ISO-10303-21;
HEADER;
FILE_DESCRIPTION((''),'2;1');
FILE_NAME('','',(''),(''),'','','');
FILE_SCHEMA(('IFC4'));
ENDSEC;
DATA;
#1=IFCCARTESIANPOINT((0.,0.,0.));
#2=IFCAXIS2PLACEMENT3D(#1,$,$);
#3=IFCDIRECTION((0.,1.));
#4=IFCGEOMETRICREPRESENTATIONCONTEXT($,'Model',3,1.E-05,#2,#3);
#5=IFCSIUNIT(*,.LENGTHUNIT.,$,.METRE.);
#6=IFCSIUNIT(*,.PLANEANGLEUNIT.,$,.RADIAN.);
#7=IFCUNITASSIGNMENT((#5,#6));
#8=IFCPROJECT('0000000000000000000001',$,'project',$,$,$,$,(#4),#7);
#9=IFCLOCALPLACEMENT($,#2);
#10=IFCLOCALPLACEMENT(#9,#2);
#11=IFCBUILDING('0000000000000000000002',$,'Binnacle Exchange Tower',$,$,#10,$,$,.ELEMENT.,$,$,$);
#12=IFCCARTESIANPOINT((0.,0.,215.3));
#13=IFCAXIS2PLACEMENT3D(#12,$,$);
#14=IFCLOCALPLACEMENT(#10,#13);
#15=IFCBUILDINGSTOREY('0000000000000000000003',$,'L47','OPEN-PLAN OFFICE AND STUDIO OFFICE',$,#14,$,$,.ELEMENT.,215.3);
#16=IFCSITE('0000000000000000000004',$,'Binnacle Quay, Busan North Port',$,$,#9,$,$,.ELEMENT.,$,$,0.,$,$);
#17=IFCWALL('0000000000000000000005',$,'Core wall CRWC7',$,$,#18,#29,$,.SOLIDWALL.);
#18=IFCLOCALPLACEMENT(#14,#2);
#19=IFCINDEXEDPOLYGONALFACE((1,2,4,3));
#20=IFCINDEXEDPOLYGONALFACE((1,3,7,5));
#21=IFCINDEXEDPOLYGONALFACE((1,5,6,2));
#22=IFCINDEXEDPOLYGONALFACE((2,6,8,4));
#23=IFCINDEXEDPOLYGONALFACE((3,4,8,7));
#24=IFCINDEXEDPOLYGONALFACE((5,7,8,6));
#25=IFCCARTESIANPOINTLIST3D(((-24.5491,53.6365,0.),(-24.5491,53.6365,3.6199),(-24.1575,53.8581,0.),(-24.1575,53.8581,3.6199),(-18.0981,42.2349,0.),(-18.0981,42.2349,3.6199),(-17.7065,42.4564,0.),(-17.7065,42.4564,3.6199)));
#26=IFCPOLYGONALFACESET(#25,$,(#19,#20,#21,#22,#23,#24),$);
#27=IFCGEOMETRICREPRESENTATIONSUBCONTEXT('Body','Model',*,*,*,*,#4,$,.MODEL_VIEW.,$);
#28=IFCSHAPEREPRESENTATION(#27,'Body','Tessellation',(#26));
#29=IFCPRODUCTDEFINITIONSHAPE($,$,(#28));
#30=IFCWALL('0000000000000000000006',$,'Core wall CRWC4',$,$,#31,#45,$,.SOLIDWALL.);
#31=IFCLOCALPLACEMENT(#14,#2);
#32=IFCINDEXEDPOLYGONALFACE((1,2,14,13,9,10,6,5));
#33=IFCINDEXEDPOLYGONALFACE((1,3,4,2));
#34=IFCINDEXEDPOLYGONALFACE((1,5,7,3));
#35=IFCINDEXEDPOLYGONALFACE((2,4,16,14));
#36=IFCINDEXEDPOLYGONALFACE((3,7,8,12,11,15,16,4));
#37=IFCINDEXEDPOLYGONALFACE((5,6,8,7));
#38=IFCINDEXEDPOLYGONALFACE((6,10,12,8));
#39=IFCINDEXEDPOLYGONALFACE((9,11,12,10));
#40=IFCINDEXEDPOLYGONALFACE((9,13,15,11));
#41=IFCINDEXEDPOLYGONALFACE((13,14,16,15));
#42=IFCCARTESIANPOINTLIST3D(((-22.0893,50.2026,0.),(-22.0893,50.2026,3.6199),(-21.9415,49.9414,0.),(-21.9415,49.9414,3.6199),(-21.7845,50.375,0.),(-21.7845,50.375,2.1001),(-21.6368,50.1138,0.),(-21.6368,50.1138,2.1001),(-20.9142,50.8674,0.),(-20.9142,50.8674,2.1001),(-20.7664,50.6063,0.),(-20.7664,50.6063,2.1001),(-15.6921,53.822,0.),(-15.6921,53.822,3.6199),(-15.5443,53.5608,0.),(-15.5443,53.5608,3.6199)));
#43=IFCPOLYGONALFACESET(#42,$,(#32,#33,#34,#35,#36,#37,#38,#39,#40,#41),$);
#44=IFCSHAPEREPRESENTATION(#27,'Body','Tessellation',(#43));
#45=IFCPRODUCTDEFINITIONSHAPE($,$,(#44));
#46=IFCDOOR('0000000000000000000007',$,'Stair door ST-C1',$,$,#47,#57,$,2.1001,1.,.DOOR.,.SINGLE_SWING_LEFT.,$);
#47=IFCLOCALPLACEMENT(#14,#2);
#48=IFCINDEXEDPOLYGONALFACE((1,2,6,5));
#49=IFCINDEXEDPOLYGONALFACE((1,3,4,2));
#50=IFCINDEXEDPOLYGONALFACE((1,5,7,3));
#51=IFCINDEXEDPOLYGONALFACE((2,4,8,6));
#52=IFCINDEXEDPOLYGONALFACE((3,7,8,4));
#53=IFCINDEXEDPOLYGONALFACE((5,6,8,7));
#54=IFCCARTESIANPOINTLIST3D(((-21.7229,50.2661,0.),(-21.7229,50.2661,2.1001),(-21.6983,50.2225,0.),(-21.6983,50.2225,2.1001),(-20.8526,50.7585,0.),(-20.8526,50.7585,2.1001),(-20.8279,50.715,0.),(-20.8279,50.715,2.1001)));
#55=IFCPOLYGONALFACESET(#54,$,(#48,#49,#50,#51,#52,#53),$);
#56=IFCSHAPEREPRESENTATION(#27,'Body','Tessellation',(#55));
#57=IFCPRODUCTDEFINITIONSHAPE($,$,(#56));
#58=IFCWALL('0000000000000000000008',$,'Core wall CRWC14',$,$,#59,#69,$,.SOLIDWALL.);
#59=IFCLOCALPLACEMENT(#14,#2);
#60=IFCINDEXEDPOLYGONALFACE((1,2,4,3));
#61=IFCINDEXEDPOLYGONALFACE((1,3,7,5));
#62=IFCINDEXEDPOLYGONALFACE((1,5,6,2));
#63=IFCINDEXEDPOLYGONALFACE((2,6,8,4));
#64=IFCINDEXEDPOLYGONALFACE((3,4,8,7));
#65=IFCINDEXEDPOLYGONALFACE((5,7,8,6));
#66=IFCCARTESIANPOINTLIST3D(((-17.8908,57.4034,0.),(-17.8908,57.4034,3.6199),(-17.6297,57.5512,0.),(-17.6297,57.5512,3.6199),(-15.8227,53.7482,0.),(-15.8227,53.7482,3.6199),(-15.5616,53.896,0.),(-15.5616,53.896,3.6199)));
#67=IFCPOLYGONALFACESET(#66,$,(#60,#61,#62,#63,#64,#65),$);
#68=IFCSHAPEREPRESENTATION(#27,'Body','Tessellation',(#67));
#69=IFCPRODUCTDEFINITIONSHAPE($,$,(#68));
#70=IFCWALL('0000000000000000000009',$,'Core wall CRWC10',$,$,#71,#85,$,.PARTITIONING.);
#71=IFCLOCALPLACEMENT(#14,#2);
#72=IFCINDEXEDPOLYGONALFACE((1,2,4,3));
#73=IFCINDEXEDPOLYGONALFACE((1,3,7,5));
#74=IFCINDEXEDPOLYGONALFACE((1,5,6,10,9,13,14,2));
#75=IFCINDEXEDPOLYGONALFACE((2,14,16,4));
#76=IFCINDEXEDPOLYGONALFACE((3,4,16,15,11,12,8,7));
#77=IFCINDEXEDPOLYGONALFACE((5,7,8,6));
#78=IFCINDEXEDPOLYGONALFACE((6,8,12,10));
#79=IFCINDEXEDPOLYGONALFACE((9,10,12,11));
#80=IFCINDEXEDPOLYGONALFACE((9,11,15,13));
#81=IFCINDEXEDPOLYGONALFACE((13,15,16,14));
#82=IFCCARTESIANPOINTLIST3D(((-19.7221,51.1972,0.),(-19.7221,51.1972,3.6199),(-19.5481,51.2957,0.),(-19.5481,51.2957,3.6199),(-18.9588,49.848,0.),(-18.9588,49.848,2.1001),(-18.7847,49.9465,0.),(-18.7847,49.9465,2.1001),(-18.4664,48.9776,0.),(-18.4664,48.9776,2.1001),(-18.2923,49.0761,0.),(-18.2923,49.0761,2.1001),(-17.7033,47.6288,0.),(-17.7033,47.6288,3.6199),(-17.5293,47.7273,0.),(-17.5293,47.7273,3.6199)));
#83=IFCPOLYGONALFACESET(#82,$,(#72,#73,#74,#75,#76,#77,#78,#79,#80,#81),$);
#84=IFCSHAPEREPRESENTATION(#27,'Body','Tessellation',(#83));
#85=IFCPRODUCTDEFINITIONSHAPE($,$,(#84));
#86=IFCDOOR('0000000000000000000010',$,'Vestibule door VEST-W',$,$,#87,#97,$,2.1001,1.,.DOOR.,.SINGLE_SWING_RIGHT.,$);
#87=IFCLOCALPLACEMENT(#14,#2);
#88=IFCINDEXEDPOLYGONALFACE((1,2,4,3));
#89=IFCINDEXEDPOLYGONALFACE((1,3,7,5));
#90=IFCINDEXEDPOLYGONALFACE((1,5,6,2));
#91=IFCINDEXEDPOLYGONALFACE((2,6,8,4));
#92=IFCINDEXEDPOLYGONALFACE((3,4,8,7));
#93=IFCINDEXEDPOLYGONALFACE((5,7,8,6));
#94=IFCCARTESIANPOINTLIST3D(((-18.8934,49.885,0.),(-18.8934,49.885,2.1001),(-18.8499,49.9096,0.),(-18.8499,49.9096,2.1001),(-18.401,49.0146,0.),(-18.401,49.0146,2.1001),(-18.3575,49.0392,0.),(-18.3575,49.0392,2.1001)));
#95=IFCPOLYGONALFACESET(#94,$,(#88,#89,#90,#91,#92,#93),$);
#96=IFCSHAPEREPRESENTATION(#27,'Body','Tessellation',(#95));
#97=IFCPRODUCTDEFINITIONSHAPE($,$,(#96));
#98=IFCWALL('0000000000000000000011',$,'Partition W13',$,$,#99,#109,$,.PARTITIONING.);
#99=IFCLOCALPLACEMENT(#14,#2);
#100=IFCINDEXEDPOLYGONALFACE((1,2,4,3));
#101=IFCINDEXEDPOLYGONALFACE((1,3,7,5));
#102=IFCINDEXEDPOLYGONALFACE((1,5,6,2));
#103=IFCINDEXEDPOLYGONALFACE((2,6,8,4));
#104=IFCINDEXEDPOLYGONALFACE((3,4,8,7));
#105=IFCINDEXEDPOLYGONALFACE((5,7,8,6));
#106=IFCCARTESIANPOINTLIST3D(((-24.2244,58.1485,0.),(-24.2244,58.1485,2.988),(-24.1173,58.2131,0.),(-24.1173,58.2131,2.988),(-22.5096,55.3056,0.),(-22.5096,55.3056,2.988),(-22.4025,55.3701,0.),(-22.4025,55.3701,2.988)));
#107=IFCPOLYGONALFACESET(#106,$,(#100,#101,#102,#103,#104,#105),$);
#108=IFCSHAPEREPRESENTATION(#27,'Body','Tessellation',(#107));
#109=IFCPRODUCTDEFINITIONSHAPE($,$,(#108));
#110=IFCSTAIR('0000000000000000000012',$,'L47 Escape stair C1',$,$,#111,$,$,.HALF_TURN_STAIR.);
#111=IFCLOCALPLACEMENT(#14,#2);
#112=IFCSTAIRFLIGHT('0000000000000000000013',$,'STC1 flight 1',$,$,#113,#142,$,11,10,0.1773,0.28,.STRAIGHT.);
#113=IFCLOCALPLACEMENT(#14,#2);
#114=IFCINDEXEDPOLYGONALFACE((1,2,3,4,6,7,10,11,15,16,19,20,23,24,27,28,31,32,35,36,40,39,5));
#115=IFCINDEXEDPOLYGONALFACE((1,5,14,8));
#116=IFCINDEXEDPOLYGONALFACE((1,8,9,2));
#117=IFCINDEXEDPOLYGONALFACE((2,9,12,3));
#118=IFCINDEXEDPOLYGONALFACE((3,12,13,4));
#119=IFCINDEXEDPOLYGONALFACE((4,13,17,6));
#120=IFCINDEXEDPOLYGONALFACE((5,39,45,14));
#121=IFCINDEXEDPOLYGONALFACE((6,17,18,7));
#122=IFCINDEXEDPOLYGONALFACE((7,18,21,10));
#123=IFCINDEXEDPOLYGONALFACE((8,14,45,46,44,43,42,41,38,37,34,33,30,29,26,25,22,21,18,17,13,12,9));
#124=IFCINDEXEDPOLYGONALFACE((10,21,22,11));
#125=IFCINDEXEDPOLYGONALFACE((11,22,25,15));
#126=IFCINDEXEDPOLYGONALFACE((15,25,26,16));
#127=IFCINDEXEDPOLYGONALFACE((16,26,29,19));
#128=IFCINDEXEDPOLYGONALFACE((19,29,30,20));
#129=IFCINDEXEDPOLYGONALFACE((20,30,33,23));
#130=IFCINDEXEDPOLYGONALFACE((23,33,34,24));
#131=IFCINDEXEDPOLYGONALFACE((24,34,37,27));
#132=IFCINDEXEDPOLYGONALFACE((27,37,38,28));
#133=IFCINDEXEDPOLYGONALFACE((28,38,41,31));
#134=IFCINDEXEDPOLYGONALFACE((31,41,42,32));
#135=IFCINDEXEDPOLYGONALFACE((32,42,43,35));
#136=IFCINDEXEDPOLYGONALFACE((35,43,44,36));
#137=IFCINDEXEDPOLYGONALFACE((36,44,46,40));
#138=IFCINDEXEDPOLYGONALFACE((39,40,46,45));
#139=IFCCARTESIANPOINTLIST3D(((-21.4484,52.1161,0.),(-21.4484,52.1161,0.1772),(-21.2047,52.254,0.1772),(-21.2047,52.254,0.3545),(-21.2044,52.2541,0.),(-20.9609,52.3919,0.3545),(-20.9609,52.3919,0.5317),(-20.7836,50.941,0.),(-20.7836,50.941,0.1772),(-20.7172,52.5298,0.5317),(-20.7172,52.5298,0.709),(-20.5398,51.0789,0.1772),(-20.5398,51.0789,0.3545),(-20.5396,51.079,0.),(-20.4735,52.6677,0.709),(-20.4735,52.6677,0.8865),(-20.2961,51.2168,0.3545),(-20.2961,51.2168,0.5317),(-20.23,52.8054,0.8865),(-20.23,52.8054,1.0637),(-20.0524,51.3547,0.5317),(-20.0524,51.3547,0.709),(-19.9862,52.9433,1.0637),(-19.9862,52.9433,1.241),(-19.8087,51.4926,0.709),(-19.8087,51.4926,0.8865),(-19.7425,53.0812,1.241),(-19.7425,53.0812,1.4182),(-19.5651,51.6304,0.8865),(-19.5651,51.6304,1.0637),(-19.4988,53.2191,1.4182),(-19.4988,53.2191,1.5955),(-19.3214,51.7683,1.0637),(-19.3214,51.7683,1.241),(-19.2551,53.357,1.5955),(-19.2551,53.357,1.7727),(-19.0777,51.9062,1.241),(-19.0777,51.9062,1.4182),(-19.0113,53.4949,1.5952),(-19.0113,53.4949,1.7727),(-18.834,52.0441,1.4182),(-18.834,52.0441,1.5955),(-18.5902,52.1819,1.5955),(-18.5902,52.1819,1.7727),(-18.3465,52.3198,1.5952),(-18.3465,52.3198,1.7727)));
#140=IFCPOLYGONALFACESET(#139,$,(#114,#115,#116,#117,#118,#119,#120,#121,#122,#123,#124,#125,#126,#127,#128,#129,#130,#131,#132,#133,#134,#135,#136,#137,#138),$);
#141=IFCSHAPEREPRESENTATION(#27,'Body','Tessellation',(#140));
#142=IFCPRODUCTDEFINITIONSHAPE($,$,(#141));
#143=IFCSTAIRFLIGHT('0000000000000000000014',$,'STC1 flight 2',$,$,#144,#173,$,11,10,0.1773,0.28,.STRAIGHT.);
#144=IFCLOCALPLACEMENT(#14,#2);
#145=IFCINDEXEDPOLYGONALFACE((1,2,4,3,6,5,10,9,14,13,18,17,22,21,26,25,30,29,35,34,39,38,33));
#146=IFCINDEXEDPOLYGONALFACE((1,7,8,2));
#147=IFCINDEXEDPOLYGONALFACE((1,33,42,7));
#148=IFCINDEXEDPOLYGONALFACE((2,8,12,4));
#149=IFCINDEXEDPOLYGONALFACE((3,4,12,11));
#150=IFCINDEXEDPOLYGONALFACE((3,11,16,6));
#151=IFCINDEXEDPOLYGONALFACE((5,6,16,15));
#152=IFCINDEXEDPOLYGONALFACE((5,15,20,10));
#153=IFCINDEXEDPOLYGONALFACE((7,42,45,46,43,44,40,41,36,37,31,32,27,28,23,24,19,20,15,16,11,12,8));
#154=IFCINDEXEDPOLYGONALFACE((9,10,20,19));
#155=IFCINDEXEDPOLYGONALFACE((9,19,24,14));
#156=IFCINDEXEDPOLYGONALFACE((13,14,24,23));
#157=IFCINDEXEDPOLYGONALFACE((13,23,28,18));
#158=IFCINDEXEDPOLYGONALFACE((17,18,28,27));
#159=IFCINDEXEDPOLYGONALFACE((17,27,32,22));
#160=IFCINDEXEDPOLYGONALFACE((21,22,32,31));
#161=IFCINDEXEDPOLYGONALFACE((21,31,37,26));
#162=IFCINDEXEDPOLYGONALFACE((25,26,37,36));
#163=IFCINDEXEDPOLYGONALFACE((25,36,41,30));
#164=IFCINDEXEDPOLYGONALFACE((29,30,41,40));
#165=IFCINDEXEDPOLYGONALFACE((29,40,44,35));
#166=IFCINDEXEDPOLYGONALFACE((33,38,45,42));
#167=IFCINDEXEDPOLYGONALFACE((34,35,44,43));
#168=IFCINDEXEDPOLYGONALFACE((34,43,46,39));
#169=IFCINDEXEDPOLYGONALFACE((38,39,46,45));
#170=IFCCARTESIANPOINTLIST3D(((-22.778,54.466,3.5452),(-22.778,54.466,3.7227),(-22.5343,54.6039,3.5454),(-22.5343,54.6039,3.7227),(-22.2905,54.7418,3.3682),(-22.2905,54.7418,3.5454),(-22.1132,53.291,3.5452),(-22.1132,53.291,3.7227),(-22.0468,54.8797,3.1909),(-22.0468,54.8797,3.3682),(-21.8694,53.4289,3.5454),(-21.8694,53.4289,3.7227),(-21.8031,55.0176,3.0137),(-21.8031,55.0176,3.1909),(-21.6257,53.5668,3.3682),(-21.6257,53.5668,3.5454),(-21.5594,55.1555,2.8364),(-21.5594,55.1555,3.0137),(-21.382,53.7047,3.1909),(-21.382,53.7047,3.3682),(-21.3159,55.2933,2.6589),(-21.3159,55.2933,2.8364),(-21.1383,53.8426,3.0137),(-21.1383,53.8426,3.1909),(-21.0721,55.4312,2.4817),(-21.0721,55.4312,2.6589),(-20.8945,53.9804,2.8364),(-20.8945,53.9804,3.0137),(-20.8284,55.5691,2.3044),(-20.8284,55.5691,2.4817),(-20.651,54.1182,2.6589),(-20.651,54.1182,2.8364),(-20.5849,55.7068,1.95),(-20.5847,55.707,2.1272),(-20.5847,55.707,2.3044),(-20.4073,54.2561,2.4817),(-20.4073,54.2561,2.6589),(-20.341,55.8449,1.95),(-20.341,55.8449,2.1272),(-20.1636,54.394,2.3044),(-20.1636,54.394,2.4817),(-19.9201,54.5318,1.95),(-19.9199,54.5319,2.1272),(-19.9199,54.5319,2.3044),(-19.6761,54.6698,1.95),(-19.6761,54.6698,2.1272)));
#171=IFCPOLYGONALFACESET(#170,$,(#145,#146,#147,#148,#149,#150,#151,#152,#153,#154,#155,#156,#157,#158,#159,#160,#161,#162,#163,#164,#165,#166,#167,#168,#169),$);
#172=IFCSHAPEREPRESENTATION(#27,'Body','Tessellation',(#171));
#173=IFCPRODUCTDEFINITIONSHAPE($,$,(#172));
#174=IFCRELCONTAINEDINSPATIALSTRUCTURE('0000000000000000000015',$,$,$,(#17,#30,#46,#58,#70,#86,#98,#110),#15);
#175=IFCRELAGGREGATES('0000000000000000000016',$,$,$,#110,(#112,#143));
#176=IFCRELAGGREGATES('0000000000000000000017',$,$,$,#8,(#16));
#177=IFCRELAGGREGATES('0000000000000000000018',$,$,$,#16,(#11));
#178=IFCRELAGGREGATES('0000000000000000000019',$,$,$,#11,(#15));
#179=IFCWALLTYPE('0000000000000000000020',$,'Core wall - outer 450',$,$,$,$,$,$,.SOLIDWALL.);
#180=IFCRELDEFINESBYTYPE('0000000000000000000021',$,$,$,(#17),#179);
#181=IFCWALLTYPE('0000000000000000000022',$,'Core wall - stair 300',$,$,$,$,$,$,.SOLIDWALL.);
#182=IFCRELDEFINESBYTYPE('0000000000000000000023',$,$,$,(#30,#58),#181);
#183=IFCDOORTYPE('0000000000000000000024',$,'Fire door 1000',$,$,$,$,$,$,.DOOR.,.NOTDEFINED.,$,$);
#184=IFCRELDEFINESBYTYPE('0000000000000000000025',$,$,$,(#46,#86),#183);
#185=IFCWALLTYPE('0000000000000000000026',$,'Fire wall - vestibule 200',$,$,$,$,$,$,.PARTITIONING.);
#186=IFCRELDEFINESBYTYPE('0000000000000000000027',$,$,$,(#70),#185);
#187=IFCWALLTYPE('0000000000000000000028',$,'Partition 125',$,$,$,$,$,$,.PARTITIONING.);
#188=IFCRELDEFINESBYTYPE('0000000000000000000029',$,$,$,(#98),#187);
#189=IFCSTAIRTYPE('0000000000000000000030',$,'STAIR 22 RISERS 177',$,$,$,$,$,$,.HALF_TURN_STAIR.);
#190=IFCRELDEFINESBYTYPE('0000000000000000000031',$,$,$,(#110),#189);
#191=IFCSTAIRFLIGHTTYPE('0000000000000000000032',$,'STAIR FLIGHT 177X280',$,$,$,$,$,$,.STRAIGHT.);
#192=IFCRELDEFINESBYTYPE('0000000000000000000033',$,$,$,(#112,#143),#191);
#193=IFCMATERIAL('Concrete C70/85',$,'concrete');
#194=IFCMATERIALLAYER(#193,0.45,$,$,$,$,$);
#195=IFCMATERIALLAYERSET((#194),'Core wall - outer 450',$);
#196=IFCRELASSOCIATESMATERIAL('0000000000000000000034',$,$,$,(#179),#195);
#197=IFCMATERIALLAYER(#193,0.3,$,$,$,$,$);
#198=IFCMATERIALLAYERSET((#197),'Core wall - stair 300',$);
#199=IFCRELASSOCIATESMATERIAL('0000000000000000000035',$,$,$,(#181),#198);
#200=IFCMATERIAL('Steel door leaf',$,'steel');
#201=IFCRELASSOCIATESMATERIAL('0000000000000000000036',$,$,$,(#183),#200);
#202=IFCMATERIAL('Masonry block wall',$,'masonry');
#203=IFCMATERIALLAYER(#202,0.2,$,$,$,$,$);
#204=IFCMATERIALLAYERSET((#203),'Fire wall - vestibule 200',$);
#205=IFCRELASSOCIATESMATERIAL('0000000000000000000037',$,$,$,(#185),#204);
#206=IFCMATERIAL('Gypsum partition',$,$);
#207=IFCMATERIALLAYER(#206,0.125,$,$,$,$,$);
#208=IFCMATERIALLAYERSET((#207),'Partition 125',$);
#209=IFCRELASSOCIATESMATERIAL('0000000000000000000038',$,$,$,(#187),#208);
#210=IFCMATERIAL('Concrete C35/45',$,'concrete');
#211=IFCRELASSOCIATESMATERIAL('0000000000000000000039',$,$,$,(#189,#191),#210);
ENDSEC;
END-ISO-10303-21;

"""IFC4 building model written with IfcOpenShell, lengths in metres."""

from ifc_helpers import new_model, si_unit, direction, frame, frame_2d, origin, place, context, subcontext, project, spatial, polyline, rectangle, outline, extrude, material, layer, layer_set, type_object, element, fill, aggregate, save


model = new_model("IFC4")

# Units and contexts
model_context = context("Model", 3, precision=1e-05, world=origin(), true_north=direction((0.0, 1.0)))
body_context = subcontext(model_context, "Body", "Model", "MODEL_VIEW")
ifc_project = project(units=[si_unit("LENGTHUNIT", "METRE"), si_unit("PLANEANGLEUNIT", "RADIAN")], contexts=[model_context])

# Site, building, storey
site_placement = place(None, origin())
site = spatial("IfcSite", under=ifc_project, at=site_placement, Name="Binnacle Quay, Busan North Port", CompositionType="ELEMENT", RefElevation=0.0)
building_placement = place(site_placement, origin())
building = spatial("IfcBuilding", under=site, at=building_placement, Name="Binnacle Exchange Tower", CompositionType="ELEMENT")
storey_placement = place(building_placement, frame((0.0, 0.0, 215.3)))
storey = spatial("IfcBuildingStorey", under=building, at=storey_placement, Name="L47", Description="OPEN-PLAN OFFICE AND STUDIO OFFICE", CompositionType="ELEMENT", Elevation=215.3)

# Wall
ifc_material_1 = material(Name="Concrete C70/85", Category="concrete")
ifc_layer_1 = layer(ifc_material_1, 0.45)
ifc_layer_set_1 = layer_set([ifc_layer_1], Name="Core wall - outer 450")
wall_type_1 = type_object("IfcWallType", Name="Core wall - outer 450", PredefinedType="SOLIDWALL", material=ifc_layer_set_1)
wall_1_placement = place(storey_placement, frame((-24.3533, 53.7473, 0.0), z_axis=(0.0, 0.0, 1.0), x_axis=(0.492435, -0.870349, 0.0)))
element("IfcWall", 1, at=wall_1_placement, inside=storey, type_object=wall_type_1, Name="Core wall CRWC7", PredefinedType="SOLIDWALL", context=body_context, shape_type="SweptSolid", body=[
    extrude(rectangle(XDim=13.1001, YDim=0.45, at=frame_2d((6.55, 0.0))), origin(), (0.0, 0.0, 1.0), 3.6199),
])

# Wall, opening, door
ifc_layer_2 = layer(ifc_material_1, 0.3)
ifc_layer_set_2 = layer_set([ifc_layer_2], Name="Core wall - stair 300")
wall_type_2 = type_object("IfcWallType", Name="Core wall - stair 300", PredefinedType="SOLIDWALL", material=ifc_layer_set_2)
wall_2_placement = place(storey_placement, frame((-22.0154, 50.072, 0.0), z_axis=(0.0, 0.0, 1.0), x_axis=(0.870355, 0.492425, 0.0)))
wall_2 = element("IfcWall", 2, at=wall_2_placement, inside=storey, type_object=wall_type_2, Name="Core wall CRWC4", PredefinedType="SOLIDWALL", context=body_context, shape_type="SweptSolid", body=[
    extrude(rectangle(XDim=7.3501, YDim=0.3, at=frame_2d((3.675, 0.0))), origin(), (0.0, 0.0, 1.0), 3.6199),
])
opening_1_placement = place(wall_2_placement, frame((0.3501, 0.0, 0.0)))
opening_1 = element("IfcOpeningElement", 3, at=opening_1_placement, cuts=wall_2, PredefinedType="OPENING", context=body_context, shape_type="SweptSolid", body=[
    extrude(rectangle(XDim=1.0, YDim=2.1001, at=frame_2d((0.5, 1.05))), frame((0.0, 0.1599, 0.0), z_axis=(0.0, -1.0, 0.0), x_axis=(1.0, 0.0, 0.0)), (0.0, 0.0, 1.0), 0.3201),
])
ifc_material_2 = material(Name="Steel door leaf", Category="steel")
door_type = type_object("IfcDoorType", Name="Fire door 1000", OperationType="NOTDEFINED", PredefinedType="DOOR", material=ifc_material_2)
door_1_placement = place(opening_1_placement, origin())
door_1 = element("IfcDoor", 4, at=door_1_placement, inside=storey, type_object=door_type, Name="Stair door ST-C1", OperationType="SINGLE_SWING_LEFT", OverallHeight=2.1001, OverallWidth=1.0, PredefinedType="DOOR", context=body_context, shape_type="SweptSolid", body=[
    extrude(rectangle(XDim=1.0, YDim=2.1001, at=frame_2d((0.5, 1.05))), frame((0.0, 0.0249, 0.0), z_axis=(0.0, -1.0, 0.0), x_axis=(1.0, 0.0, 0.0)), (0.0, 0.0, 1.0), 0.05),
])
fill(opening_1, door_1)

# Wall
wall_3_placement = place(storey_placement, frame((-17.7603, 57.4773, 0.0), z_axis=(0.0, 0.0, 1.0), x_axis=(0.492435, -0.870349, 0.0)))
element("IfcWall", 5, at=wall_3_placement, inside=storey, type_object=wall_type_2, Name="Core wall CRWC14", PredefinedType="SOLIDWALL", context=body_context, shape_type="SweptSolid", body=[
    extrude(rectangle(XDim=4.1997, YDim=0.3, at=frame_2d((2.0999, 0.0))), origin(), (0.0, 0.0, 1.0), 3.6199),
])

# Wall, opening, door
ifc_material_3 = material(Name="Masonry block wall", Category="masonry")
ifc_layer_3 = layer(ifc_material_3, 0.2)
ifc_layer_set_3 = layer_set([ifc_layer_3], Name="Fire wall - vestibule 200")
wall_type_3 = type_object("IfcWallType", Name="Fire wall - vestibule 200", PredefinedType="PARTITIONING", material=ifc_layer_set_3)
wall_4_placement = place(storey_placement, frame((-19.635, 51.2463, 0.0), z_axis=(0.0, 0.0, 1.0), x_axis=(0.492408, -0.870364, 0.0)))
wall_4 = element("IfcWall", 6, at=wall_4_placement, inside=storey, type_object=wall_type_3, Name="Core wall CRWC10", PredefinedType="PARTITIONING", context=body_context, shape_type="SweptSolid", body=[
    extrude(rectangle(XDim=4.0999, YDim=0.2, at=frame_2d((2.0498, 0.0))), origin(), (0.0, 0.0, 1.0), 3.6199),
])
opening_2_placement = place(wall_4_placement, frame((1.55, 0.0, 0.0)))
opening_2 = element("IfcOpeningElement", 7, at=opening_2_placement, cuts=wall_4, PredefinedType="OPENING", context=body_context, shape_type="SweptSolid", body=[
    extrude(rectangle(XDim=1.0, YDim=2.1001, at=frame_2d((0.5, 1.05))), frame((0.0, 0.1099, 0.0), z_axis=(0.0, -1.0, 0.0), x_axis=(1.0, 0.0, 0.0)), (0.0, 0.0, 1.0), 0.22),
])
door_2_placement = place(opening_2_placement, frame((1.0, 0.0, 0.0), z_axis=(0.0, 0.0, 1.0), x_axis=(-1.0, 0.0, 0.0)))
door_2 = element("IfcDoor", 8, at=door_2_placement, inside=storey, type_object=door_type, Name="Vestibule door VEST-W", OperationType="SINGLE_SWING_RIGHT", OverallHeight=2.1001, OverallWidth=1.0, PredefinedType="DOOR", context=body_context, shape_type="SweptSolid", body=[
    extrude(rectangle(XDim=1.0, YDim=2.1001, at=frame_2d((0.5, 1.05))), frame((0.0, 0.0249, 0.0), z_axis=(0.0, -1.0, 0.0), x_axis=(1.0, 0.0, 0.0)), (0.0, 0.0, 1.0), 0.05),
])
fill(opening_2, door_2)

# Wall
ifc_material_4 = material(Name="Gypsum partition")
ifc_layer_4 = layer(ifc_material_4, 0.125)
ifc_layer_set_4 = layer_set([ifc_layer_4], Name="Partition 125")
wall_type_4 = type_object("IfcWallType", Name="Partition 125", PredefinedType="PARTITIONING", material=ifc_layer_set_4)
wall_5_placement = place(storey_placement, frame((-24.1709, 58.1809, 0.0), z_axis=(0.0, 0.0, 1.0), x_axis=(0.516495, -0.85629, 0.0)))
element("IfcWall", 9, at=wall_5_placement, inside=storey, type_object=wall_type_4, Name="Partition W13", PredefinedType="PARTITIONING", context=body_context, shape_type="SweptSolid", body=[
    extrude(rectangle(XDim=3.3201, YDim=0.125, at=frame_2d((1.6602, 0.0))), origin(), (0.0, 0.0, 1.0), 2.988),
])

# Stair, stair flights
ifc_material_5 = material(Name="Concrete C35/45", Category="concrete")
stair_type = type_object("IfcStairType", Name="STAIR 22 RISERS 177", PredefinedType="HALF_TURN_STAIR", material=ifc_material_5)
stair_placement = place(storey_placement, origin())
stair = element("IfcStair", 10, at=stair_placement, inside=storey, type_object=stair_type, Name="L47 Escape stair C1", PredefinedType="HALF_TURN_STAIR")
stair_flight_type = type_object("IfcStairFlightType", Name="STAIR FLIGHT 177X280", PredefinedType="STRAIGHT", material=ifc_material_5)
stair_flight_1_placement = place(storey_placement, frame((-21.116, 51.5286, 0.0), z_axis=(0.0, 0.0, 1.0), x_axis=(0.870356, 0.492424, 0.0)))
stair_flight_1 = element("IfcStairFlight", 11, at=stair_flight_1_placement, type_object=stair_flight_type, Name="STC1 flight 1", NumberOfRisers=11, NumberOfTreads=10, PredefinedType="STRAIGHT", RiserHeight=0.1773, TreadLength=0.28, context=body_context, shape_type="SweptSolid", body=[
    extrude(outline(polyline([(0.0, 0.0), (0.0, 0.1772), (0.28, 0.1772), (0.28, 0.3545), (0.5601, 0.3545), (0.5601, 0.5317), (0.8401, 0.5317), (0.8401, 0.709), (1.1201, 0.709), (1.1201, 0.8865), (1.3999, 0.8865), (1.3999, 1.0637), (1.6799, 1.0637), (1.6799, 1.241), (1.96, 1.241), (1.96, 1.4182), (2.24, 1.4182), (2.24, 1.5955), (2.52, 1.5955), (2.52, 1.7727), (2.8, 1.7727), (2.8, 1.95), (2.8, 1.5952), (0.2803, 0.0), (0.0, 0.0)])), frame((0.0, 0.675, 0.0), z_axis=(0.0, -1.0, 0.0), x_axis=(1.0, 0.0, 0.0)), (0.0, 0.0, 1.0), 1.3501),
])
stair_flight_2_placement = place(storey_placement, frame((-20.0085, 55.2573, 1.95), z_axis=(0.0, 0.0, 1.0), x_axis=(-0.870356, -0.492424, 0.0)))
stair_flight_2 = element("IfcStairFlight", 12, at=stair_flight_2_placement, type_object=stair_flight_type, Name="STC1 flight 2", NumberOfRisers=11, NumberOfTreads=10, PredefinedType="STRAIGHT", RiserHeight=0.1773, TreadLength=0.28, context=body_context, shape_type="SweptSolid", body=[
    extrude(outline(polyline([(0.0, 0.0), (0.0, 0.1772), (0.28, 0.1772), (0.28, 0.3545), (0.5601, 0.3545), (0.5601, 0.5317), (0.8401, 0.5317), (0.8401, 0.709), (1.1201, 0.709), (1.1201, 0.8865), (1.3999, 0.8865), (1.3999, 1.0637), (1.6799, 1.0637), (1.6799, 1.241), (1.96, 1.241), (1.96, 1.4182), (2.24, 1.4182), (2.24, 1.5955), (2.52, 1.5955), (2.52, 1.7727), (2.8, 1.7727), (2.8, 1.95), (2.8, 1.5952), (0.2803, 0.0), (0.0, 0.0)])), frame((0.0, 0.675, 0.0), z_axis=(0.0, -1.0, 0.0), x_axis=(1.0, 0.0, 0.0)), (0.0, 0.0, 1.0), 1.3501),
])
aggregate(stair, [stair_flight_1, stair_flight_2])

save(model, "model.ifc")
